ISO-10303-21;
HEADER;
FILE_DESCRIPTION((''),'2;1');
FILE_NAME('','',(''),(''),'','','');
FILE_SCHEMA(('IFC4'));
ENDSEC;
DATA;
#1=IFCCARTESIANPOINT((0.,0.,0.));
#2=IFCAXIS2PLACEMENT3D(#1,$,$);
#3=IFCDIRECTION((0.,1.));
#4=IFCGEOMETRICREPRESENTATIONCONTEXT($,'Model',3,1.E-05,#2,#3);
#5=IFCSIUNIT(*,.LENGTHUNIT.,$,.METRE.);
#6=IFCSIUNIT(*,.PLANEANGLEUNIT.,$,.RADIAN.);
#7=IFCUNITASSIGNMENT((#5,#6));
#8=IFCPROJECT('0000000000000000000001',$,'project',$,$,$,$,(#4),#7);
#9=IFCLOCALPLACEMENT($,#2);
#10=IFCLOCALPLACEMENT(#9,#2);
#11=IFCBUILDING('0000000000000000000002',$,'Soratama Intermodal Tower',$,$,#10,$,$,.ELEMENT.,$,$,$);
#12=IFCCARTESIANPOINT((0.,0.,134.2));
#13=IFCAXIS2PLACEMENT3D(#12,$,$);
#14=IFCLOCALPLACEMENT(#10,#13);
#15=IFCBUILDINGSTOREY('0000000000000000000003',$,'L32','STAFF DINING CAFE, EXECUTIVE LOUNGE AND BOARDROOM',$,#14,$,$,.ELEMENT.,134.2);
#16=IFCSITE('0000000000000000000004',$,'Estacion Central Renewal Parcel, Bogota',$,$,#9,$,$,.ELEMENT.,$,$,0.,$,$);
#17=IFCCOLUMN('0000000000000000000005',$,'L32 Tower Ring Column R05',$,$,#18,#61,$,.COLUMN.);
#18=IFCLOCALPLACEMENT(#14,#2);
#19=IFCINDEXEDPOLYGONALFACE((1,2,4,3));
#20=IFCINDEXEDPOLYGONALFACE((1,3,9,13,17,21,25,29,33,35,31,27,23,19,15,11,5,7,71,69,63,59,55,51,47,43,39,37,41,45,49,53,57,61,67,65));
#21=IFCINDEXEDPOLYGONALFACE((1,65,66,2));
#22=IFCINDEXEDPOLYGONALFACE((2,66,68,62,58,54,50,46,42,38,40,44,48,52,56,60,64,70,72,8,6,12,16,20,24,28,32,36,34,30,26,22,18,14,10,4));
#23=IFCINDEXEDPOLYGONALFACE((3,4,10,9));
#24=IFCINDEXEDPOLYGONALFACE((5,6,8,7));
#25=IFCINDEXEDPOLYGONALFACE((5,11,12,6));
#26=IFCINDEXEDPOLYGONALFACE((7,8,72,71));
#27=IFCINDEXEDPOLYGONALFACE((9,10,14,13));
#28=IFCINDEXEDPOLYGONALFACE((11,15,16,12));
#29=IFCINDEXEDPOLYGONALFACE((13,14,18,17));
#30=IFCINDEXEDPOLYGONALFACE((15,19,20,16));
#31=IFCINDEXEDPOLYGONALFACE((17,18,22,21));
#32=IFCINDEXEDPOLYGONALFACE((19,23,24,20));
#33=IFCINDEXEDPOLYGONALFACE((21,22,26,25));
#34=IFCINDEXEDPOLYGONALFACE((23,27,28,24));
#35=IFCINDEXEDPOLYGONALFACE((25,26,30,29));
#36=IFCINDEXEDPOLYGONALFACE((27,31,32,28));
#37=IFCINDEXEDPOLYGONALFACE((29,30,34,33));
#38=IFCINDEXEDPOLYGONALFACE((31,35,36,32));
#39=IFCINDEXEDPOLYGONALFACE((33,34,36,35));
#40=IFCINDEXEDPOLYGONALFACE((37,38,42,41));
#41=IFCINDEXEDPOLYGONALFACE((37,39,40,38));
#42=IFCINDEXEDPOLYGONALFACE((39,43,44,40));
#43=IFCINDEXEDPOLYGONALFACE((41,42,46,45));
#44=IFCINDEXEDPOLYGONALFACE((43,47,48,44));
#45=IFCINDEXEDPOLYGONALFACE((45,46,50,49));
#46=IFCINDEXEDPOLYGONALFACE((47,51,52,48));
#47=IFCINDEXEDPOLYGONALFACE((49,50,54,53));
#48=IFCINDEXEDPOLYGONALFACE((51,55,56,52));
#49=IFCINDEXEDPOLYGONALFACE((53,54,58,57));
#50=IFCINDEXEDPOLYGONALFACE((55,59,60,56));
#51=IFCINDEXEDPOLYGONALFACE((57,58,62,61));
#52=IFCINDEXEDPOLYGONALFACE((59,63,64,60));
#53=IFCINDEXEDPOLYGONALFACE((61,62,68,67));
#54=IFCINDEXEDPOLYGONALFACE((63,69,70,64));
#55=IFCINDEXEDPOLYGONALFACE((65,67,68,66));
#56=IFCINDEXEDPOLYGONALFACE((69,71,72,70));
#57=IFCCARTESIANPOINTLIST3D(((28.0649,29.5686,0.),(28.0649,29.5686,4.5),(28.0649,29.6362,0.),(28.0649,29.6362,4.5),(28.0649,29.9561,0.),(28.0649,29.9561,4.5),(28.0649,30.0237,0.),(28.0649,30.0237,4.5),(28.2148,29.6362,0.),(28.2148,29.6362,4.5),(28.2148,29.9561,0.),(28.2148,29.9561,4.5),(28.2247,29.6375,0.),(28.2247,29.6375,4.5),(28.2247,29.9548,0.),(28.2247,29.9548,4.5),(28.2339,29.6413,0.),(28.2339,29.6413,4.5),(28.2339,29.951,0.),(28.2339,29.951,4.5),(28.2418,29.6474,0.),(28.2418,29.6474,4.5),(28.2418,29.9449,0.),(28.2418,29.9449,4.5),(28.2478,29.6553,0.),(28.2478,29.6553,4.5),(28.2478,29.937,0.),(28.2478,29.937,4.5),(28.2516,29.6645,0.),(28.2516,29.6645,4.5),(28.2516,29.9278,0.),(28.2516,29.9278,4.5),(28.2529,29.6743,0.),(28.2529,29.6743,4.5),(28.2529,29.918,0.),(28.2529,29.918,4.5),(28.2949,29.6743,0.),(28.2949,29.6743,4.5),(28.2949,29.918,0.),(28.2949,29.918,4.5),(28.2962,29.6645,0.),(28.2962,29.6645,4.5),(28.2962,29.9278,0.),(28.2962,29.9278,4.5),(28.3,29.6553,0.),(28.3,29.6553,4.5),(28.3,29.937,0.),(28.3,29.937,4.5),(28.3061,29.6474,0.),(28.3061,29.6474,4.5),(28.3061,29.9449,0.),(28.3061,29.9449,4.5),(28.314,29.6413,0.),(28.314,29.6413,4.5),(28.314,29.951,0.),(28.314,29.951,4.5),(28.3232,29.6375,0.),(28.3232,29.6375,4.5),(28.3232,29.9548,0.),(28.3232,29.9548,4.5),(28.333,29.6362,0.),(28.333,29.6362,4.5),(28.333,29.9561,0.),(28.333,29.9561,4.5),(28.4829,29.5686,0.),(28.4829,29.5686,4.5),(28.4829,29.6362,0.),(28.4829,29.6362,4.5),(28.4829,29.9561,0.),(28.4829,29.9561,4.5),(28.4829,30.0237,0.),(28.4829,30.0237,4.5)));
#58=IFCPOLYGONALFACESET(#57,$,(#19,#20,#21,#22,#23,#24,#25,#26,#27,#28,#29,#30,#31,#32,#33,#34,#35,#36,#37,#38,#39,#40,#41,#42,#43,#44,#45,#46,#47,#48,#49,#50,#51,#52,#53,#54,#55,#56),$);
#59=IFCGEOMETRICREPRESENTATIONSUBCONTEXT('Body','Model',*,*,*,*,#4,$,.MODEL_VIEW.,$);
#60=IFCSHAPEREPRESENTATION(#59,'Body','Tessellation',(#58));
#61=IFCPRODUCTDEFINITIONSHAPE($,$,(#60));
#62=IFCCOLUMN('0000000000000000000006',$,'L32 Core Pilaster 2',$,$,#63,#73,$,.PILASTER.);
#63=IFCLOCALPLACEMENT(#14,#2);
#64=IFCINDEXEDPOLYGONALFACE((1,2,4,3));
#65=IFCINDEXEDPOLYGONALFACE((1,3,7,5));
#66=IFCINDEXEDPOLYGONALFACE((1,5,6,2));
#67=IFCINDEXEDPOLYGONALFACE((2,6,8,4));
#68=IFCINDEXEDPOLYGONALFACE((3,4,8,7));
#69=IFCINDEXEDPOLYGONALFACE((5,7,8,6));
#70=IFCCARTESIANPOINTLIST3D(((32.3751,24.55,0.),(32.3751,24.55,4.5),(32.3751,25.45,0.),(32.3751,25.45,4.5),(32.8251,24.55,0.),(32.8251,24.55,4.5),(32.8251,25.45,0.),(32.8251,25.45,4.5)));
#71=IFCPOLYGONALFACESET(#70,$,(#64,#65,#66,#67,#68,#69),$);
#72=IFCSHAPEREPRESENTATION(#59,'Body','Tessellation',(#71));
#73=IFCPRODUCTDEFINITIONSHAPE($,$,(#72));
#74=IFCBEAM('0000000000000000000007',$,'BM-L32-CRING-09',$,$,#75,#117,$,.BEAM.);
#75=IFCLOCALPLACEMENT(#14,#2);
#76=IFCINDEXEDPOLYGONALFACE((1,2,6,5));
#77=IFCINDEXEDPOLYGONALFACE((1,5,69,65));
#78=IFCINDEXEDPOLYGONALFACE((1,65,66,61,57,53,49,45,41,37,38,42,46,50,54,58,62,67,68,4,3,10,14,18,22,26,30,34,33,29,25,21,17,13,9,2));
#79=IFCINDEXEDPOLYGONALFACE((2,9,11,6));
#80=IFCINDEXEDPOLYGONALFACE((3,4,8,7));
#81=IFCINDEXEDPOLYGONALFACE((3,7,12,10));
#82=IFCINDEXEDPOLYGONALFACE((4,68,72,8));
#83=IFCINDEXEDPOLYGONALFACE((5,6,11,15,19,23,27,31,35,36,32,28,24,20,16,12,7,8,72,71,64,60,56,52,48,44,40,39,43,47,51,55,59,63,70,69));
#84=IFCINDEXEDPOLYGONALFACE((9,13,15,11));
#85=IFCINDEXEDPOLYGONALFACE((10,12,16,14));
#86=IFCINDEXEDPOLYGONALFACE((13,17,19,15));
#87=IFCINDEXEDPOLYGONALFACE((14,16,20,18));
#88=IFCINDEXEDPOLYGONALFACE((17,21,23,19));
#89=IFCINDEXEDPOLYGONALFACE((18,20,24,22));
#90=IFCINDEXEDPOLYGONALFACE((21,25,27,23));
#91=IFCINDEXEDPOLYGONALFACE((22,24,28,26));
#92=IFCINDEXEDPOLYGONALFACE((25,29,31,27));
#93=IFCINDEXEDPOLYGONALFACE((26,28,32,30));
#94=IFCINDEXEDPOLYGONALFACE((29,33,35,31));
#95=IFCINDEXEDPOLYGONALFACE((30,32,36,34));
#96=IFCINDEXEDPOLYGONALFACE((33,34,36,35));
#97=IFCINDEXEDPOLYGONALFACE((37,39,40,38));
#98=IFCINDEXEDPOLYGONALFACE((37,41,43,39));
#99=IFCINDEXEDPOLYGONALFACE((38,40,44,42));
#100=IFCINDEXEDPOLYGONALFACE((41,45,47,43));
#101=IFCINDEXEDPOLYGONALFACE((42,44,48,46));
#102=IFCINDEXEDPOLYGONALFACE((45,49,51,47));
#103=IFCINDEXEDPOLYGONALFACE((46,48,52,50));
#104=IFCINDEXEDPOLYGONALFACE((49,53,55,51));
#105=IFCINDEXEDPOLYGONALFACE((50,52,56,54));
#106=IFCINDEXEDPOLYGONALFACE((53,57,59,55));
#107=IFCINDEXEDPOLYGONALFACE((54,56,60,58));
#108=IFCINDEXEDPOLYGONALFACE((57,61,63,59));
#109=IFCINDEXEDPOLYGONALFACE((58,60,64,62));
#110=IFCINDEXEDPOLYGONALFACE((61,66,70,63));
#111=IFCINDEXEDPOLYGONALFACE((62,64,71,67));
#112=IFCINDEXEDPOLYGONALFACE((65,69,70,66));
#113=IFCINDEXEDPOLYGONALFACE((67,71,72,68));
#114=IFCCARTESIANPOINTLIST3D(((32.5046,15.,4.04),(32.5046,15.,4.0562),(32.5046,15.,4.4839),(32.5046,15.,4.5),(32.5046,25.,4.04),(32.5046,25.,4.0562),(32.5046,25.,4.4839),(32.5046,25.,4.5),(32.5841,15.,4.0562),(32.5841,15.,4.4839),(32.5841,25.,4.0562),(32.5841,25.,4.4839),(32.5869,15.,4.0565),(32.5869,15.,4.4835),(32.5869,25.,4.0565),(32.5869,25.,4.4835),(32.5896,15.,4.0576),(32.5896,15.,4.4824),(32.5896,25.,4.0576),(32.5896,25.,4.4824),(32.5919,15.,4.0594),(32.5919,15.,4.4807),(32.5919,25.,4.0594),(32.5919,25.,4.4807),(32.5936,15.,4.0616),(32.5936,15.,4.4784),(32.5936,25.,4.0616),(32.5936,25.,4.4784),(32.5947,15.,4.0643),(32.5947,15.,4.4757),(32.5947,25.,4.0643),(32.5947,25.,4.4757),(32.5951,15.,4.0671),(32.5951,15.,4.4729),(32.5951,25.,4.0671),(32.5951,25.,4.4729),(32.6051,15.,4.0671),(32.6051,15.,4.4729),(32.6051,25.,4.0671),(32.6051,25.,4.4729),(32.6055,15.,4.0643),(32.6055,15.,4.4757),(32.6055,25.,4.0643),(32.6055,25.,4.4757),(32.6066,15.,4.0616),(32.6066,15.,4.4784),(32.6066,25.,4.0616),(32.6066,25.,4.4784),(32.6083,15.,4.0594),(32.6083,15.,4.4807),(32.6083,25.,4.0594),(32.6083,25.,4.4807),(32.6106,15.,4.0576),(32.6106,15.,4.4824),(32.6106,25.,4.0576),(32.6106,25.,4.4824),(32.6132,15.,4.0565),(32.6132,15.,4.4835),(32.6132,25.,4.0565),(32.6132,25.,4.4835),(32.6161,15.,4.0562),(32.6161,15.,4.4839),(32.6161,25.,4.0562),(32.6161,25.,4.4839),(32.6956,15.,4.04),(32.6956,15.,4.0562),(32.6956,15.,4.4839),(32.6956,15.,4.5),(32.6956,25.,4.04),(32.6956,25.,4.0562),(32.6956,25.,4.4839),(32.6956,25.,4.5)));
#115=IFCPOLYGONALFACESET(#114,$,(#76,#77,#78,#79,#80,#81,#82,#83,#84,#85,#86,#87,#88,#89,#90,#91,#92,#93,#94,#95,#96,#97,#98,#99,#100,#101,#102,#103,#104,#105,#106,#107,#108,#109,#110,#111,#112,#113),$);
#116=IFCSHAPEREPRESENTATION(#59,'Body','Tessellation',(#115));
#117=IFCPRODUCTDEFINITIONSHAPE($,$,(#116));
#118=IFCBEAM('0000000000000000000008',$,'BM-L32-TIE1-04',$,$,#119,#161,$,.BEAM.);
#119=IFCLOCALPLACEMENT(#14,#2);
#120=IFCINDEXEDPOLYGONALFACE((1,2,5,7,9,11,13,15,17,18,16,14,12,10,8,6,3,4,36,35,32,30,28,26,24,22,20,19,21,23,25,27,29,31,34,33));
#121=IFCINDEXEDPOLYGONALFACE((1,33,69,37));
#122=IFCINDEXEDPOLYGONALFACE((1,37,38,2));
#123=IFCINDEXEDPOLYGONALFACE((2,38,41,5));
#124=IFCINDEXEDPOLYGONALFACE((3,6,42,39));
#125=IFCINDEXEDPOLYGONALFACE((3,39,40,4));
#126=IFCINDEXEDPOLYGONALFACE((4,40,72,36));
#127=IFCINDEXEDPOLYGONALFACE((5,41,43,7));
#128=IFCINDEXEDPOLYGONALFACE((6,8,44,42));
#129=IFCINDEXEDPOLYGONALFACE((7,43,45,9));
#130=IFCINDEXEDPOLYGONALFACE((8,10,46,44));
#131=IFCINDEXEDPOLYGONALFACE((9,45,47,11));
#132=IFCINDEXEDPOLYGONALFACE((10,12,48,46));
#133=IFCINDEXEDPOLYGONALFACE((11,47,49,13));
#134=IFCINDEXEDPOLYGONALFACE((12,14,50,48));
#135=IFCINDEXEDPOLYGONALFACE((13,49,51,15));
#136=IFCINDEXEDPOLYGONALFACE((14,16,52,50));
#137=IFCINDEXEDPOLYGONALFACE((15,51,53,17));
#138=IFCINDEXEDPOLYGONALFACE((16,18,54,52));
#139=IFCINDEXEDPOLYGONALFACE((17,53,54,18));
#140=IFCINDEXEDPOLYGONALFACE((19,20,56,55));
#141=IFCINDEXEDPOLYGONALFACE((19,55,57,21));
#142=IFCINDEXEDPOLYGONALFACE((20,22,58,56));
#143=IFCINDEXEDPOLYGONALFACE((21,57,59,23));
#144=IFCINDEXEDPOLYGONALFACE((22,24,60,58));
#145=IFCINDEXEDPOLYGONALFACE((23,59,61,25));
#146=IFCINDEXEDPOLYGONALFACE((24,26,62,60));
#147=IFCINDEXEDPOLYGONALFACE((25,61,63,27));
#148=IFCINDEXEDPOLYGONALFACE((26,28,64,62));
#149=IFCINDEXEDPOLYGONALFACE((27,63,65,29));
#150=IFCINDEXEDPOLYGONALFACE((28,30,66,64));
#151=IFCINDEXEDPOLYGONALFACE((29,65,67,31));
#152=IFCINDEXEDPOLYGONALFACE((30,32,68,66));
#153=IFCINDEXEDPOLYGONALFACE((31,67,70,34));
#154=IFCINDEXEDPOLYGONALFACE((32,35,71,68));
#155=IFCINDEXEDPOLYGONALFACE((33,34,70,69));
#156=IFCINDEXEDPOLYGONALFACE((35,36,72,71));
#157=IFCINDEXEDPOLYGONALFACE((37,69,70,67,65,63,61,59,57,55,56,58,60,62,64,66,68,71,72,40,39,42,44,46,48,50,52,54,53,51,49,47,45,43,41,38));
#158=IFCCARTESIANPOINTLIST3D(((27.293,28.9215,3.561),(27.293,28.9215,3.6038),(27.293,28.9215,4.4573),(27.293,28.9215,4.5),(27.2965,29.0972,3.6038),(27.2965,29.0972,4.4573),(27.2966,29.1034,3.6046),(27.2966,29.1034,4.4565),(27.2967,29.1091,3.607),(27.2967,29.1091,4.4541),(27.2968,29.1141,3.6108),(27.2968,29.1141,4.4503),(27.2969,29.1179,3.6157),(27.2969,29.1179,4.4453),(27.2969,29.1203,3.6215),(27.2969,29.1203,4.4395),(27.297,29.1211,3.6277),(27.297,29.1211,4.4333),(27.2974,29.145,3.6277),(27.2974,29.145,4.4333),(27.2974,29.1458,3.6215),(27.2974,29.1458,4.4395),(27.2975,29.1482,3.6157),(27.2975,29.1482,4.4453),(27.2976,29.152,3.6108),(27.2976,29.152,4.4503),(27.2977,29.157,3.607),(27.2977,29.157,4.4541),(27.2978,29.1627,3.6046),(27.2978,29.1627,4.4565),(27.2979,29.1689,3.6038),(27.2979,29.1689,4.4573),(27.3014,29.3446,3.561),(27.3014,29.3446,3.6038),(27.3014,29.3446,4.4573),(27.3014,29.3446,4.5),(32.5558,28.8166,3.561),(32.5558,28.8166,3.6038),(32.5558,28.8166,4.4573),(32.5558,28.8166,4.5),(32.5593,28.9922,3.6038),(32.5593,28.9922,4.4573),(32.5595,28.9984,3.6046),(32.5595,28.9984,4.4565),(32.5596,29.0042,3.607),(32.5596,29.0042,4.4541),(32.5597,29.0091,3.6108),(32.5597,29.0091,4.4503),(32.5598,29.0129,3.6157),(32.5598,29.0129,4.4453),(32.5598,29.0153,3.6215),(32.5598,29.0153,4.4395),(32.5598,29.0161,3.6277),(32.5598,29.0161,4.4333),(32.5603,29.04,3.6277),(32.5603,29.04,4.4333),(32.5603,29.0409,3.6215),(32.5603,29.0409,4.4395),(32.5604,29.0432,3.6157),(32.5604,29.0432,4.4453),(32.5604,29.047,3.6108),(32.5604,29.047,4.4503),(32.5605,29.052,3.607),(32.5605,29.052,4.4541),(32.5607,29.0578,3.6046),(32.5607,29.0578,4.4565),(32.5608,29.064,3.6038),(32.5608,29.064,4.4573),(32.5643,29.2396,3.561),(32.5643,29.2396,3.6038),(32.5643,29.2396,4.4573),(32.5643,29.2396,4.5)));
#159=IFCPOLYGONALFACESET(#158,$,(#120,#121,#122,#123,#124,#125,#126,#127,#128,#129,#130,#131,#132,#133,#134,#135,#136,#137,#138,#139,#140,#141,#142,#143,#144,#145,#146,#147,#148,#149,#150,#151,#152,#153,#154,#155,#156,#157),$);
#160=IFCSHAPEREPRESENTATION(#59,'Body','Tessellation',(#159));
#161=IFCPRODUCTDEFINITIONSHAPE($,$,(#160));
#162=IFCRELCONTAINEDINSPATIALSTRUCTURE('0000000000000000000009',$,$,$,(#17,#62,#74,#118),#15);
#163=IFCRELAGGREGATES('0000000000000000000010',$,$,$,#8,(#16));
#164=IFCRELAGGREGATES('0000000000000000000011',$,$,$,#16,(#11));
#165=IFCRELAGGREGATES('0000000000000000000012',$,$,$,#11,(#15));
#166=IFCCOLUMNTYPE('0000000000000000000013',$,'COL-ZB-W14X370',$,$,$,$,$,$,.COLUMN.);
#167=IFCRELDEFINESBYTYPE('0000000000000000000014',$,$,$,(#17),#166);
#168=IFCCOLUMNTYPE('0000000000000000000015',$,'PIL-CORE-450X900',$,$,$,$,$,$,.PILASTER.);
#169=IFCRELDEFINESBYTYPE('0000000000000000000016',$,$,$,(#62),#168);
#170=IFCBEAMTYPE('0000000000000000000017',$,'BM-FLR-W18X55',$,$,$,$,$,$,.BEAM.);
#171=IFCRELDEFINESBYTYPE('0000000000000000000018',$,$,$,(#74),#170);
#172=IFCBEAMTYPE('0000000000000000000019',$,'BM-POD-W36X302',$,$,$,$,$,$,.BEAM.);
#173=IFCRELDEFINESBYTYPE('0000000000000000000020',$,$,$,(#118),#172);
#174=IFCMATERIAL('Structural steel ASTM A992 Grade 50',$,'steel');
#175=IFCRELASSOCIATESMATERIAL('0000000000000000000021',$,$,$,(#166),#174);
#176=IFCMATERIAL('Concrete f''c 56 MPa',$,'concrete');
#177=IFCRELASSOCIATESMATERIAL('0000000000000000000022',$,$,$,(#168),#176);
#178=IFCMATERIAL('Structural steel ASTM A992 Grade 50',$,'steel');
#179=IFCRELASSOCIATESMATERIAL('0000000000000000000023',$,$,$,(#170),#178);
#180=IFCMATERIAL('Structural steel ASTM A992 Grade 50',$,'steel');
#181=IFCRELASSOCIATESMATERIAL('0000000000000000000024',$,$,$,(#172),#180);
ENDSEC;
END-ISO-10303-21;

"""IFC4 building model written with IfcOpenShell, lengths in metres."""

from ifc_helpers import new_model, si_unit, direction, frame, origin, origin_2d, place, context, subcontext, project, spatial, rectangle, i_section, extrude, material, material_profile, profile_set, type_object, element, save


model = new_model("IFC4")

# Units and contexts
model_context = context("Model", 3, precision=1e-05, world=origin(), true_north=direction((0.0, 1.0)))
body_context = subcontext(model_context, "Body", "Model", "MODEL_VIEW")
ifc_project = project(units=[si_unit("LENGTHUNIT", "METRE"), si_unit("PLANEANGLEUNIT", "RADIAN")], contexts=[model_context])

# Site, building, storey
site_placement = place(None, origin())
site = spatial("IfcSite", under=ifc_project, at=site_placement, Name="Estacion Central Renewal Parcel, Bogota", CompositionType="ELEMENT", RefElevation=0.0)
building_placement = place(site_placement, origin())
building = spatial("IfcBuilding", under=site, at=building_placement, Name="Soratama Intermodal Tower", CompositionType="ELEMENT")
storey_placement = place(building_placement, frame((0.0, 0.0, 134.2)))
storey = spatial("IfcBuildingStorey", under=building, at=storey_placement, Name="L32", Description="STAFF DINING CAFE, EXECUTIVE LOUNGE AND BOARDROOM", CompositionType="ELEMENT", Elevation=134.2)

# Columns
ifc_material_1 = material(Name="Structural steel ASTM A992 Grade 50", Category="steel")
ifc_material_profile_1 = material_profile(ifc_material_1, i_section(OverallWidth=0.418, OverallDepth=0.4551, WebThickness=0.042, FlangeThickness=0.0676, FilletRadius=0.0381, at=origin_2d()), Name="W14X370")
ifc_profile_set_1 = profile_set([ifc_material_profile_1], Name="Structural steel ASTM A992 Grade 50")
column_type_1 = type_object("IfcColumnType", Name="COL-ZB-W14X370", PredefinedType="COLUMN", material=ifc_profile_set_1)
column_1_placement = place(storey_placement, frame((28.2739, 29.7961, 0.0), z_axis=(0.0, 0.0, 1.0), x_axis=(1.0, 0.0, 0.0)))
element("IfcColumn", 1, at=column_1_placement, inside=storey, type_object=column_type_1, Name="L32 Tower Ring Column R05", PredefinedType="COLUMN", context=body_context, shape_type="SweptSolid", body=[
    extrude(i_section(OverallWidth=0.418, OverallDepth=0.4551, WebThickness=0.042, FlangeThickness=0.0676, FilletRadius=0.0381, at=origin_2d()), origin(), (0.0, 0.0, 1.0), 4.5),
])
ifc_material_2 = material(Name="Concrete f'c 56 MPa", Category="concrete")
ifc_material_profile_2 = material_profile(ifc_material_2, rectangle(XDim=0.45, YDim=0.8999, at=origin_2d()), Name="RC450X900")
ifc_profile_set_2 = profile_set([ifc_material_profile_2], Name="Concrete f'c 56 MPa")
column_type_2 = type_object("IfcColumnType", Name="PIL-CORE-450X900", PredefinedType="PILASTER", material=ifc_profile_set_2)
column_2_placement = place(storey_placement, frame((32.6001, 25.0, 0.0), z_axis=(0.0, 0.0, 1.0), x_axis=(1.0, 0.0, 0.0)))
element("IfcColumn", 2, at=column_2_placement, inside=storey, type_object=column_type_2, Name="L32 Core Pilaster 2", PredefinedType="PILASTER", context=body_context, shape_type="SweptSolid", body=[
    extrude(rectangle(XDim=0.45, YDim=0.8999, at=origin_2d()), origin(), (0.0, 0.0, 1.0), 4.5),
])

# Beams
ifc_material_3 = material(Name="Structural steel ASTM A992 Grade 50", Category="steel")
ifc_material_profile_3 = material_profile(ifc_material_3, i_section(OverallWidth=0.1909, OverallDepth=0.46, WebThickness=0.01, FlangeThickness=0.0161, FilletRadius=0.011, at=origin_2d()), Name="W18X55")
ifc_profile_set_3 = profile_set([ifc_material_profile_3], Name="Structural steel ASTM A992 Grade 50")
beam_type_1 = type_object("IfcBeamType", Name="BM-FLR-W18X55", PredefinedType="BEAM", material=ifc_profile_set_3)
beam_1_placement = place(storey_placement, frame((32.6001, 25.0, 4.27), z_axis=(0.0, -1.0, 0.0), x_axis=(1.0, 0.0, 0.0)))
element("IfcBeam", 3, at=beam_1_placement, inside=storey, type_object=beam_type_1, Name="BM-L32-CRING-09", PredefinedType="BEAM", context=body_context, shape_type="SweptSolid", body=[
    extrude(i_section(OverallWidth=0.1909, OverallDepth=0.46, WebThickness=0.01, FlangeThickness=0.0161, FilletRadius=0.011, at=origin_2d()), origin(), (0.0, 0.0, 1.0), 10.0),
])
ifc_material_4 = material(Name="Structural steel ASTM A992 Grade 50", Category="steel")
ifc_material_profile_4 = material_profile(ifc_material_4, i_section(OverallWidth=0.4231, OverallDepth=0.939, WebThickness=0.0239, FlangeThickness=0.0427, FilletRadius=0.0239, at=origin_2d()), Name="W36X302")
ifc_profile_set_4 = profile_set([ifc_material_profile_4], Name="Structural steel ASTM A992 Grade 50")
beam_type_2 = type_object("IfcBeamType", Name="BM-POD-W36X302", PredefinedType="BEAM", material=ifc_profile_set_4)
beam_2_placement = place(storey_placement, frame((32.5601, 29.0281, 4.0305), z_axis=(-0.999801, 0.019943, 0.0), x_axis=(-0.019943, -0.999801, 0.0)))
element("IfcBeam", 4, at=beam_2_placement, inside=storey, type_object=beam_type_2, Name="BM-L32-TIE1-04", PredefinedType="BEAM", context=body_context, shape_type="SweptSolid", body=[
    extrude(i_section(OverallWidth=0.4231, OverallDepth=0.939, WebThickness=0.0239, FlangeThickness=0.0427, FilletRadius=0.0239, at=origin_2d()), origin(), (0.0, 0.0, 1.0), 5.2639),
])

save(model, "model.ifc")
